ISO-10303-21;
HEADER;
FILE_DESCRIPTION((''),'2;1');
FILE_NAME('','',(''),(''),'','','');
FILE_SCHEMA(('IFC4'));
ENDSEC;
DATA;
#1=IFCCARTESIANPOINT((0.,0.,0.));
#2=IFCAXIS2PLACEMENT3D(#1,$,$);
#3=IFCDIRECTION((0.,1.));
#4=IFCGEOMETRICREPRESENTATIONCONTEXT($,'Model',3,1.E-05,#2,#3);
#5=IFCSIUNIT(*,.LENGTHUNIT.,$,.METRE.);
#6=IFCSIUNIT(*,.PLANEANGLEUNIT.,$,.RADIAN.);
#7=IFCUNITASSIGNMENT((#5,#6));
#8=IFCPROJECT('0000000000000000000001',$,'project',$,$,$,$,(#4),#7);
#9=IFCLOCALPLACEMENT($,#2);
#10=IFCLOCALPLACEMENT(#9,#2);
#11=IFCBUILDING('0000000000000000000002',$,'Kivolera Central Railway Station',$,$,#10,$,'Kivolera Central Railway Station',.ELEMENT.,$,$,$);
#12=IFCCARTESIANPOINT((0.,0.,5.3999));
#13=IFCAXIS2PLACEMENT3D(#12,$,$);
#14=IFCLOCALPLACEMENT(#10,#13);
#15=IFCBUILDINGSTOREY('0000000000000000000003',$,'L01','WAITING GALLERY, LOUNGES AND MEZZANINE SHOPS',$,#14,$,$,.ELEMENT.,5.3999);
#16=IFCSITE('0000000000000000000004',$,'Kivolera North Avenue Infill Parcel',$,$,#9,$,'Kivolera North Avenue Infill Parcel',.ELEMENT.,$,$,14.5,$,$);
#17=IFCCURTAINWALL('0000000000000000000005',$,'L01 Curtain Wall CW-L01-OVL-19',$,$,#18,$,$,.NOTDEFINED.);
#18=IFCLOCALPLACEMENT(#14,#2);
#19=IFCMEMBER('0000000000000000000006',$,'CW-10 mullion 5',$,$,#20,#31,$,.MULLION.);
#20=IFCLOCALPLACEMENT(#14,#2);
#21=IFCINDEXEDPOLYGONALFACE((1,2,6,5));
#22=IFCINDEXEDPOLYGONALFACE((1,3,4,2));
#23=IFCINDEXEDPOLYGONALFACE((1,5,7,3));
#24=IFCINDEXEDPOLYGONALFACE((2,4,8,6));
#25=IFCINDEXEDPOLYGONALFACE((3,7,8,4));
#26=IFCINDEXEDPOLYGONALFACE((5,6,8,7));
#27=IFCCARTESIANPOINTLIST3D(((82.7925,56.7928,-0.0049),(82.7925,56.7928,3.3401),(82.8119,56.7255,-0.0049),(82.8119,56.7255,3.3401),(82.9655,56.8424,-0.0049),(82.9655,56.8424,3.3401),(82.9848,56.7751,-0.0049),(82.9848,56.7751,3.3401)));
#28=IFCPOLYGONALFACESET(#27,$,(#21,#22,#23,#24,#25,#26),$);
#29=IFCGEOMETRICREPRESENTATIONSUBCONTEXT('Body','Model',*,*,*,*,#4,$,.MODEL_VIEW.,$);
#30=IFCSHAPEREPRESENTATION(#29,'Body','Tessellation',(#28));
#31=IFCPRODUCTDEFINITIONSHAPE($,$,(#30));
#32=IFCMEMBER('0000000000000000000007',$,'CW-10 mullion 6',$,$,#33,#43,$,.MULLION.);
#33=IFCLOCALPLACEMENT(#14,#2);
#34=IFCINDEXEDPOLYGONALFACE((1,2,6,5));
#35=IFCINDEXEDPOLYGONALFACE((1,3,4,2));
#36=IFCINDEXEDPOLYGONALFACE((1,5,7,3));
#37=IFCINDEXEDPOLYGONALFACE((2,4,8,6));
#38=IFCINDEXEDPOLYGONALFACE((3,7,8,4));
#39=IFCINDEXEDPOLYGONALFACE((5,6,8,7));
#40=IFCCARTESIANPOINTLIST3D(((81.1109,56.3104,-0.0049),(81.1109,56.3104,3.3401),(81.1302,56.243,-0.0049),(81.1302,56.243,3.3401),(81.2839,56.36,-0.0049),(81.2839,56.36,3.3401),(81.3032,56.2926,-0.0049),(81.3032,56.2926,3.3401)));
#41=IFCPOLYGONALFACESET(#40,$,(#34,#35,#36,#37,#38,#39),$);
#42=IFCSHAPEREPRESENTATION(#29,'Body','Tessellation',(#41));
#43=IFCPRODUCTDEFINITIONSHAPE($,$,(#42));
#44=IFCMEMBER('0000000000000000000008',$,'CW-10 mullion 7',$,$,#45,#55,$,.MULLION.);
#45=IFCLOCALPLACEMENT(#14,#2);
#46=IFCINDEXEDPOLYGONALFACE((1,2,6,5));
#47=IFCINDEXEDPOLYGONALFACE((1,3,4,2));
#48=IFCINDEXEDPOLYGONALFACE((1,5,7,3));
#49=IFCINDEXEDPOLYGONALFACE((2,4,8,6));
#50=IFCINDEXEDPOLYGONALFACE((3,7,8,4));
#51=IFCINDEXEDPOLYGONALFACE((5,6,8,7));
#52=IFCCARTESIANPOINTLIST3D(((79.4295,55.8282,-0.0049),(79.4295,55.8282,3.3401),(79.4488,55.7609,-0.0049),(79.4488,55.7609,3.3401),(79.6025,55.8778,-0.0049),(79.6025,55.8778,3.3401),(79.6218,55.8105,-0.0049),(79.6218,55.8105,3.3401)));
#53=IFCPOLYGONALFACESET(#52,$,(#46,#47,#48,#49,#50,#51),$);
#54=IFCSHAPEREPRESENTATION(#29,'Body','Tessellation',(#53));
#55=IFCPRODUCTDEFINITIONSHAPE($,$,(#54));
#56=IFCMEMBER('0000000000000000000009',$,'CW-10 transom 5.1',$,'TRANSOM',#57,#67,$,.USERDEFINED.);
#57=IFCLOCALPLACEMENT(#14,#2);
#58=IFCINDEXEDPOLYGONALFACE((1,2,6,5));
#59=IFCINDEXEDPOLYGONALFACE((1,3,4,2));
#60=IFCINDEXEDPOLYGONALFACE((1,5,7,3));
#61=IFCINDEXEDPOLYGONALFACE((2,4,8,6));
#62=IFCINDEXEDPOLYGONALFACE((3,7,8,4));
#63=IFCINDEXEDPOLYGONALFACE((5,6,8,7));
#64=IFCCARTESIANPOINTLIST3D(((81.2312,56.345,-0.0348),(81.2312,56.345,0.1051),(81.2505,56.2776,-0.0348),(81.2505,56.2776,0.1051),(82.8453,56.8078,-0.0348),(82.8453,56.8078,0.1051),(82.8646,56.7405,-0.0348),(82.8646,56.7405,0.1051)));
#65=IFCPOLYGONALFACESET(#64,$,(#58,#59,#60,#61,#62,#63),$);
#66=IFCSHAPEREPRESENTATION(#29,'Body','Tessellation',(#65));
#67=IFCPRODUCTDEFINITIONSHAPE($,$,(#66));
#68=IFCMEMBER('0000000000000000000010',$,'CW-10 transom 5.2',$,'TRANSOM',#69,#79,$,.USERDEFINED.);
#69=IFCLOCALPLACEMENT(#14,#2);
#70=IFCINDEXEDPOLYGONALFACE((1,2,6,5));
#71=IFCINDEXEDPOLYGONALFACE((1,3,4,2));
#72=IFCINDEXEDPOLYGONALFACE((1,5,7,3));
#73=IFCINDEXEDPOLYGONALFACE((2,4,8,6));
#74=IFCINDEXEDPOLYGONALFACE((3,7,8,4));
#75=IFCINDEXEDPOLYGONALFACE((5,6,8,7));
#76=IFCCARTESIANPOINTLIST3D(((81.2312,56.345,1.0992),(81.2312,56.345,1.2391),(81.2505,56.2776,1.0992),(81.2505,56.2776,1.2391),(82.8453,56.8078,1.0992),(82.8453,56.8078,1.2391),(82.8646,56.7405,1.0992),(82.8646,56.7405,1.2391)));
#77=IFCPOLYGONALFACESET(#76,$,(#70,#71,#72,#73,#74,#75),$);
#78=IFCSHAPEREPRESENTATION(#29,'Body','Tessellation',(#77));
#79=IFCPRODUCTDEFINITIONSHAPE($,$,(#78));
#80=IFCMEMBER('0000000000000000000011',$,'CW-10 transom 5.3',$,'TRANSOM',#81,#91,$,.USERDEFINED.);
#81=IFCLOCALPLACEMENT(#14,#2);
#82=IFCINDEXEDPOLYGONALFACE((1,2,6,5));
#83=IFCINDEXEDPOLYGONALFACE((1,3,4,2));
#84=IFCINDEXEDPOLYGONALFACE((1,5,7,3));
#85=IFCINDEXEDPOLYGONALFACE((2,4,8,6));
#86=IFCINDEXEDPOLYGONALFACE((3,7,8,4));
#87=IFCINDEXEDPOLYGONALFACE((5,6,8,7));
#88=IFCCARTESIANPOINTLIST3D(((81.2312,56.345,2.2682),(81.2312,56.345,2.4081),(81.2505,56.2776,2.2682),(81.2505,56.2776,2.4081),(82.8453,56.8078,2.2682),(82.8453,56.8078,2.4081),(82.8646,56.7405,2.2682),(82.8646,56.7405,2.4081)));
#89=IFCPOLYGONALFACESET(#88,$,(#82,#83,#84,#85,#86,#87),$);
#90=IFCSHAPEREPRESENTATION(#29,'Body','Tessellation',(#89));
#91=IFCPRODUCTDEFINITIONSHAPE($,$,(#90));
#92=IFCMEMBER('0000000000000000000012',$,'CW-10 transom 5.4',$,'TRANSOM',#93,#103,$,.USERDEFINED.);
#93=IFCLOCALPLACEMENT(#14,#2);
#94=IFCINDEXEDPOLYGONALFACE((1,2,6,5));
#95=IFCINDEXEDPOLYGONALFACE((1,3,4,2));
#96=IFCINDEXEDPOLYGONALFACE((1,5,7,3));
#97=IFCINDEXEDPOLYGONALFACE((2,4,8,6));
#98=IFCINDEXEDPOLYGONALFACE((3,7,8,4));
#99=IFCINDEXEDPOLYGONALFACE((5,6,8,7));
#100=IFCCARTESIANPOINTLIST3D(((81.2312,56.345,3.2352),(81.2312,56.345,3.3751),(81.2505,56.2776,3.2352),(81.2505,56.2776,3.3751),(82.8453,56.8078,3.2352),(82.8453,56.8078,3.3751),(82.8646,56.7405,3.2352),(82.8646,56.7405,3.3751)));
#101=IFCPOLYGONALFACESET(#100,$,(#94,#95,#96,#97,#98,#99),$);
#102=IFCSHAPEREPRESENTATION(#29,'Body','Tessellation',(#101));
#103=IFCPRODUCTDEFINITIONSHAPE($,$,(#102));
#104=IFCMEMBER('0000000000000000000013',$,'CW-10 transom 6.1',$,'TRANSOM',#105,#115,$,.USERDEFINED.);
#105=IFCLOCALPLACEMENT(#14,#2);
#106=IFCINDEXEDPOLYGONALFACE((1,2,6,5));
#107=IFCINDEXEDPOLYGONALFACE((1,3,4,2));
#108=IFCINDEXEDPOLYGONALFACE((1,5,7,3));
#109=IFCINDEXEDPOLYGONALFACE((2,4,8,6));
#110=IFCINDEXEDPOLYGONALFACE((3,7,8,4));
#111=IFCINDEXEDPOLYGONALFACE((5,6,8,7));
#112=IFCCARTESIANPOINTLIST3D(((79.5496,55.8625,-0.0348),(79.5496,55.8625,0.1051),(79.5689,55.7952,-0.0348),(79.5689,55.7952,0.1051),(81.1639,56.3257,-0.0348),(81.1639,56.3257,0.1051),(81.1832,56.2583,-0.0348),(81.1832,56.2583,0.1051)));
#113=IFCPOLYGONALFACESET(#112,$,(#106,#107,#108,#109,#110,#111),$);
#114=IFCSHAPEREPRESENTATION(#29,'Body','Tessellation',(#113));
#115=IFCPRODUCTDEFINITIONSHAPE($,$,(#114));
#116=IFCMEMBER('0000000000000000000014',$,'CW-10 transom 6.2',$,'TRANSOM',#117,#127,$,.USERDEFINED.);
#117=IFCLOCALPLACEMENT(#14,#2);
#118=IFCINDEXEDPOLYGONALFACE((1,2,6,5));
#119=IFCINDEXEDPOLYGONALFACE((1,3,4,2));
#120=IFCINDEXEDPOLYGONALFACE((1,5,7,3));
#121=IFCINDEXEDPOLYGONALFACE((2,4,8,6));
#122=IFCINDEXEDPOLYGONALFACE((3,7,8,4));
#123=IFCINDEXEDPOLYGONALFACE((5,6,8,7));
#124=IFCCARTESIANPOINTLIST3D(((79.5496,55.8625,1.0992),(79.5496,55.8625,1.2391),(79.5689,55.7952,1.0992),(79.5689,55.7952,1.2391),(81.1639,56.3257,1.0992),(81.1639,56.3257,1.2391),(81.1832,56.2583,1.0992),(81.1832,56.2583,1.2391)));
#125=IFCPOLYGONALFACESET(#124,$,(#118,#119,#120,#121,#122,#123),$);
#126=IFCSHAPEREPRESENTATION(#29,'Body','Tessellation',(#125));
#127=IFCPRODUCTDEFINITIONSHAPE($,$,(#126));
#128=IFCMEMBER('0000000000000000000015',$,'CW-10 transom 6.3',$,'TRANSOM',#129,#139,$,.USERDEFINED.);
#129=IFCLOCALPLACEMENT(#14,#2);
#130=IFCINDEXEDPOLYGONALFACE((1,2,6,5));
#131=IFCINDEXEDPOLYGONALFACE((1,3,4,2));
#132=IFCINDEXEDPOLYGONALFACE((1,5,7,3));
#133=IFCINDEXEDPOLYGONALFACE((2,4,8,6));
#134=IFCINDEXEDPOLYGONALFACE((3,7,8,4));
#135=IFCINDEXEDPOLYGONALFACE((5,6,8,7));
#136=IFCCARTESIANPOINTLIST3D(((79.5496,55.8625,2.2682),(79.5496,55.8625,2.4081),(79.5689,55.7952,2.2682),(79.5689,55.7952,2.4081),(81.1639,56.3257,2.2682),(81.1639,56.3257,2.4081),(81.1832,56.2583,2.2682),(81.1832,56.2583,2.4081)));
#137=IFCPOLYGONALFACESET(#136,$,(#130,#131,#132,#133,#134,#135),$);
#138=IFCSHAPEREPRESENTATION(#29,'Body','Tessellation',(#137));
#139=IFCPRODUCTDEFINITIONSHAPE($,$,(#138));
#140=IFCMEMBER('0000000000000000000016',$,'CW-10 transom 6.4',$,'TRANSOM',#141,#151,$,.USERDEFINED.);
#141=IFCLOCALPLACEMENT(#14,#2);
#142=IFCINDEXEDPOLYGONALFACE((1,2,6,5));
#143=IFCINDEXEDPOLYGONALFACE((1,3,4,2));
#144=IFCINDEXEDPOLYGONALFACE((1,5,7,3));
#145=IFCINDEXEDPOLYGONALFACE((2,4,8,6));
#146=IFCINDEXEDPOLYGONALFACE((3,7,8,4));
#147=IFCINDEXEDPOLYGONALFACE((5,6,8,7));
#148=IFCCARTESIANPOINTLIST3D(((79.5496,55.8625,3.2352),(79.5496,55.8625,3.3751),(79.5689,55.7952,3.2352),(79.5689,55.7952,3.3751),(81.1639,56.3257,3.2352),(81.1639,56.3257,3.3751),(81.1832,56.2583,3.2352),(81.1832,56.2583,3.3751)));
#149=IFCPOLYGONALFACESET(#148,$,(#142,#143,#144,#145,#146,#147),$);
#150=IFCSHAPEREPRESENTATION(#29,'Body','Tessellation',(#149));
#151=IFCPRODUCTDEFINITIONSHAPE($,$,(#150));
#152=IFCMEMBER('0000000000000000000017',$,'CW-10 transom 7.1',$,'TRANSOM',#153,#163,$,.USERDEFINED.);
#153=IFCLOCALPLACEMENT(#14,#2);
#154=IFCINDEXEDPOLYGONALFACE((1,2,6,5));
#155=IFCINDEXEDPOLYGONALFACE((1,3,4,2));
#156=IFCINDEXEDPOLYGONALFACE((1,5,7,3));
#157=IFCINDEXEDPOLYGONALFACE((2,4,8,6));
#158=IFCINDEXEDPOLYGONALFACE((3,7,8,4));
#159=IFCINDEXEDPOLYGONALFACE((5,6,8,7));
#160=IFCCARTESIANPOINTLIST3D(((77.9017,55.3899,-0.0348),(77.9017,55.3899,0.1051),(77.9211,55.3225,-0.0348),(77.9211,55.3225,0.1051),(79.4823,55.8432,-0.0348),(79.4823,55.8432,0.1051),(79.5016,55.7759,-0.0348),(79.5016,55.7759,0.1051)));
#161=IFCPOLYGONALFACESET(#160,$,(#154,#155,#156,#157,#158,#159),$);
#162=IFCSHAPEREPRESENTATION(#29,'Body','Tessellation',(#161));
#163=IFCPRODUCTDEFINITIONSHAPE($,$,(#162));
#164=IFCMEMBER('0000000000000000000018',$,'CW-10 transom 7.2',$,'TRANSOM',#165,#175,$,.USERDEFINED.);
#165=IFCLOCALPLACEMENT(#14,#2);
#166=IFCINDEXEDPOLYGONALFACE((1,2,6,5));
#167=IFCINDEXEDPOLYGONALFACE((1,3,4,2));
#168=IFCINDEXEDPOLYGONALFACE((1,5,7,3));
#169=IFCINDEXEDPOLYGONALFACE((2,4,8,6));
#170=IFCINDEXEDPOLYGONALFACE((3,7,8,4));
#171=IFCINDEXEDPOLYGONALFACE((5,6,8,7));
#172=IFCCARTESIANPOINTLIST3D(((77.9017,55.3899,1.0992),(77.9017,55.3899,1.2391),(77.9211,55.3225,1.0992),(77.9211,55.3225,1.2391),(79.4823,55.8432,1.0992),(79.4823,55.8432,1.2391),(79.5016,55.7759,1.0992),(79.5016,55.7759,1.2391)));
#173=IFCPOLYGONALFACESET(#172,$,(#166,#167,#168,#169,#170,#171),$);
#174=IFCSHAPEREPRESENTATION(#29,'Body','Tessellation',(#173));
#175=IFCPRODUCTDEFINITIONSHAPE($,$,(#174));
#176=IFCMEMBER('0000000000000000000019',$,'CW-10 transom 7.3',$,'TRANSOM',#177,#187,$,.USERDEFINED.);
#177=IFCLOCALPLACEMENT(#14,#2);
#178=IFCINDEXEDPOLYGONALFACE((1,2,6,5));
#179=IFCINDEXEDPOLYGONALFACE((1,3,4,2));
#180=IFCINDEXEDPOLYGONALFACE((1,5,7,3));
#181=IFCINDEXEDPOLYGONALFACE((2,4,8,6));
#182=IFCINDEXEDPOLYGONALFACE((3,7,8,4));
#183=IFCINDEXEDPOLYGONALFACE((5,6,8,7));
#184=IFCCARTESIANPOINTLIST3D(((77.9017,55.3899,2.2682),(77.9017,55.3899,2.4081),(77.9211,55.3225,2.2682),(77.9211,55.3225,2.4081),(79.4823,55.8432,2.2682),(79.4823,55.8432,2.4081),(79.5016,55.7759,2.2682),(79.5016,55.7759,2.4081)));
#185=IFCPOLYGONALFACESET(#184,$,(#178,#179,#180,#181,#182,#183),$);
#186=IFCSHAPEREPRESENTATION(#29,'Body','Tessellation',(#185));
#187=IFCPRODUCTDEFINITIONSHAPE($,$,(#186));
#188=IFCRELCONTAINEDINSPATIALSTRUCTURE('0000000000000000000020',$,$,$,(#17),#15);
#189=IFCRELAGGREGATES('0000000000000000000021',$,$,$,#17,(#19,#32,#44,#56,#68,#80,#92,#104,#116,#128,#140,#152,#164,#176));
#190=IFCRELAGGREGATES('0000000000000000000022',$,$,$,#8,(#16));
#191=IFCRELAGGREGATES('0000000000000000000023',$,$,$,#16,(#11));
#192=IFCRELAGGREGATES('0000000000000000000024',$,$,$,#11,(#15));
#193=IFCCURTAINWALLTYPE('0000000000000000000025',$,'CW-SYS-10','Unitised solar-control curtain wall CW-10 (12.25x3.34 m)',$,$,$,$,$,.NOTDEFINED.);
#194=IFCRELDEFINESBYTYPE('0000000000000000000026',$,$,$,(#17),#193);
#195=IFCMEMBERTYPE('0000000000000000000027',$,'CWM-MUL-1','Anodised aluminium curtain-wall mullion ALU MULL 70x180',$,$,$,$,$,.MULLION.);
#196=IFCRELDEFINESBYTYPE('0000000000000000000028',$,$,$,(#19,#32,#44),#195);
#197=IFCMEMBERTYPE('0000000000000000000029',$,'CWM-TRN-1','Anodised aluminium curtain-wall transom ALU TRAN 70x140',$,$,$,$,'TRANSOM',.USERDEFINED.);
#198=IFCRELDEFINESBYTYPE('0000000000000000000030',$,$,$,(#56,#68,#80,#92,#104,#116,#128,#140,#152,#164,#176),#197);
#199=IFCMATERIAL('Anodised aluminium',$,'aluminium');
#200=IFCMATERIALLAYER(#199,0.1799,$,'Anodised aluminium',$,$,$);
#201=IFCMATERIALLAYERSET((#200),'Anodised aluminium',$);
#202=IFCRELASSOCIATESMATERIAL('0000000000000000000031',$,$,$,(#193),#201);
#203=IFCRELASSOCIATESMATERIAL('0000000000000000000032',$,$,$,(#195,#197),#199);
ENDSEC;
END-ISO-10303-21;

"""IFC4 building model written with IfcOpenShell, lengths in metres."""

from ifc_helpers import new_model, si_unit, direction, frame, origin, origin_2d, place, context, subcontext, project, spatial, rectangle, extrude, material, layer, layer_set, material_profile, profile_set, type_object, element, aggregate, save


model = new_model("IFC4")

# Units and contexts
model_context = context("Model", 3, precision=1e-05, world=origin(), true_north=direction((0.0, 1.0)))
body_context = subcontext(model_context, "Body", "Model", "MODEL_VIEW")
ifc_project = project(units=[si_unit("LENGTHUNIT", "METRE"), si_unit("PLANEANGLEUNIT", "RADIAN")], contexts=[model_context])

# Site, building, storey
site_placement = place(None, origin())
site = spatial("IfcSite", under=ifc_project, at=site_placement, Name="Kivolera North Avenue Infill Parcel", LongName="Kivolera North Avenue Infill Parcel", CompositionType="ELEMENT", RefElevation=14.5)
building_placement = place(site_placement, origin())
building = spatial("IfcBuilding", under=site, at=building_placement, Name="Kivolera Central Railway Station", LongName="Kivolera Central Railway Station", CompositionType="ELEMENT")
storey_placement = place(building_placement, frame((0.0, 0.0, 5.3999)))
storey = spatial("IfcBuildingStorey", under=building, at=storey_placement, Name="L01", Description="WAITING GALLERY, LOUNGES AND MEZZANINE SHOPS", CompositionType="ELEMENT", Elevation=5.3999)

# Curtain wall, members
ifc_material_1 = material(Name="Anodised aluminium", Category="aluminium")
ifc_layer_1 = layer(ifc_material_1, 0.1799, Name="Anodised aluminium")
ifc_layer_set_1 = layer_set([ifc_layer_1], Name="Anodised aluminium")
curtain_wall_type = type_object("IfcCurtainWallType", Name="CW-SYS-10", Description="Unitised solar-control curtain wall CW-10 (12.25x3.34 m)", PredefinedType="NOTDEFINED", material=ifc_layer_set_1)
curtain_wall_placement = place(storey_placement, origin())
curtain_wall = element("IfcCurtainWall", 1, at=curtain_wall_placement, inside=storey, type_object=curtain_wall_type, Name="L01 Curtain Wall CW-L01-OVL-19", PredefinedType="NOTDEFINED")
ifc_material_profile_1 = material_profile(ifc_material_1, rectangle(XDim=0.0701, YDim=0.1799, at=origin_2d()), Name="ALU MULL 70x180")
ifc_profile_set_1 = profile_set([ifc_material_profile_1], Name="Anodised aluminium")
member_type_1 = type_object("IfcMemberType", Name="CWM-MUL-1", Description="Anodised aluminium curtain-wall mullion ALU MULL 70x180", PredefinedType="MULLION", material=ifc_profile_set_1)
member_1_placement = place(storey_placement, frame((82.8887, 56.7839, -0.0049), z_axis=(0.0, 0.0, 1.0), x_axis=(0.275692, -0.961246, 0.0)))
member_1 = element("IfcMember", 2, at=member_1_placement, type_object=member_type_1, Name="CW-10 mullion 5", PredefinedType="MULLION", context=body_context, shape_type="SweptSolid", body=[
    extrude(rectangle(XDim=0.0701, YDim=0.1799, at=origin_2d()), origin(), (0.0, 0.0, 1.0), 3.345),
])
member_2_placement = place(storey_placement, frame((81.207, 56.3015, -0.0049), z_axis=(0.0, 0.0, 1.0), x_axis=(0.275692, -0.961246, 0.0)))
member_2 = element("IfcMember", 3, at=member_2_placement, type_object=member_type_1, Name="CW-10 mullion 6", PredefinedType="MULLION", context=body_context, shape_type="SweptSolid", body=[
    extrude(rectangle(XDim=0.0701, YDim=0.1799, at=origin_2d()), origin(), (0.0, 0.0, 1.0), 3.345),
])
member_3_placement = place(storey_placement, frame((79.5256, 55.8193, -0.0049), z_axis=(0.0, 0.0, 1.0), x_axis=(0.275692, -0.961246, 0.0)))
member_3 = element("IfcMember", 4, at=member_3_placement, type_object=member_type_1, Name="CW-10 mullion 7", PredefinedType="MULLION", context=body_context, shape_type="SweptSolid", body=[
    extrude(rectangle(XDim=0.0701, YDim=0.1799, at=origin_2d()), origin(), (0.0, 0.0, 1.0), 3.345),
])
ifc_material_profile_2 = material_profile(ifc_material_1, rectangle(XDim=0.0701, YDim=0.1399, at=origin_2d()), Name="ALU TRAN 70x140")
ifc_profile_set_2 = profile_set([ifc_material_profile_2], Name="Anodised aluminium")
member_type_2 = type_object("IfcMemberType", Name="CWM-TRN-1", Description="Anodised aluminium curtain-wall transom ALU TRAN 70x140", ElementType="TRANSOM", PredefinedType="USERDEFINED", material=ifc_profile_set_2)
member_4_placement = place(storey_placement, frame((82.855, 56.7742, 0.0352), z_axis=(-0.96126, -0.275643, 0.0), x_axis=(0.275643, -0.96126, 0.0)))
member_4 = element("IfcMember", 5, at=member_4_placement, type_object=member_type_2, Name="CW-10 transom 5.1", ObjectType="TRANSOM", PredefinedType="USERDEFINED", context=body_context, shape_type="SweptSolid", body=[
    extrude(rectangle(XDim=0.0701, YDim=0.1399, at=origin_2d()), origin(), (0.0, 0.0, 1.0), 1.6792),
])
member_5_placement = place(storey_placement, frame((82.855, 56.7742, 1.1692), z_axis=(-0.96126, -0.275643, 0.0), x_axis=(0.275643, -0.96126, 0.0)))
member_5 = element("IfcMember", 6, at=member_5_placement, type_object=member_type_2, Name="CW-10 transom 5.2", ObjectType="TRANSOM", PredefinedType="USERDEFINED", context=body_context, shape_type="SweptSolid", body=[
    extrude(rectangle(XDim=0.0701, YDim=0.1399, at=origin_2d()), origin(), (0.0, 0.0, 1.0), 1.6792),
])
member_6_placement = place(storey_placement, frame((82.855, 56.7742, 2.3381), z_axis=(-0.96126, -0.275643, 0.0), x_axis=(0.275643, -0.96126, 0.0)))
member_6 = element("IfcMember", 7, at=member_6_placement, type_object=member_type_2, Name="CW-10 transom 5.3", ObjectType="TRANSOM", PredefinedType="USERDEFINED", context=body_context, shape_type="SweptSolid", body=[
    extrude(rectangle(XDim=0.0701, YDim=0.1399, at=origin_2d()), origin(), (0.0, 0.0, 1.0), 1.6792),
])
member_7_placement = place(storey_placement, frame((82.855, 56.7742, 3.3052), z_axis=(-0.96126, -0.275643, 0.0), x_axis=(0.275643, -0.96126, 0.0)))
member_7 = element("IfcMember", 8, at=member_7_placement, type_object=member_type_2, Name="CW-10 transom 5.4", ObjectType="TRANSOM", PredefinedType="USERDEFINED", context=body_context, shape_type="SweptSolid", body=[
    extrude(rectangle(XDim=0.0701, YDim=0.1399, at=origin_2d()), origin(), (0.0, 0.0, 1.0), 1.6792),
])
member_8_placement = place(storey_placement, frame((81.1736, 56.292, 0.0352), z_axis=(-0.961222, -0.275777, 0.0), x_axis=(0.275777, -0.961222, 0.0)))
member_8 = element("IfcMember", 9, at=member_8_placement, type_object=member_type_2, Name="CW-10 transom 6.1", ObjectType="TRANSOM", PredefinedType="USERDEFINED", context=body_context, shape_type="SweptSolid", body=[
    extrude(rectangle(XDim=0.0701, YDim=0.1399, at=origin_2d()), origin(), (0.0, 0.0, 1.0), 1.6794),
])
member_9_placement = place(storey_placement, frame((81.1736, 56.292, 1.1692), z_axis=(-0.961222, -0.275777, 0.0), x_axis=(0.275777, -0.961222, 0.0)))
member_9 = element("IfcMember", 10, at=member_9_placement, type_object=member_type_2, Name="CW-10 transom 6.2", ObjectType="TRANSOM", PredefinedType="USERDEFINED", context=body_context, shape_type="SweptSolid", body=[
    extrude(rectangle(XDim=0.0701, YDim=0.1399, at=origin_2d()), origin(), (0.0, 0.0, 1.0), 1.6794),
])
member_10_placement = place(storey_placement, frame((81.1736, 56.292, 2.3381), z_axis=(-0.961222, -0.275777, 0.0), x_axis=(0.275777, -0.961222, 0.0)))
member_10 = element("IfcMember", 11, at=member_10_placement, type_object=member_type_2, Name="CW-10 transom 6.3", ObjectType="TRANSOM", PredefinedType="USERDEFINED", context=body_context, shape_type="SweptSolid", body=[
    extrude(rectangle(XDim=0.0701, YDim=0.1399, at=origin_2d()), origin(), (0.0, 0.0, 1.0), 1.6794),
])
member_11_placement = place(storey_placement, frame((81.1736, 56.292, 3.3052), z_axis=(-0.961222, -0.275777, 0.0), x_axis=(0.275777, -0.961222, 0.0)))
member_11 = element("IfcMember", 12, at=member_11_placement, type_object=member_type_2, Name="CW-10 transom 6.4", ObjectType="TRANSOM", PredefinedType="USERDEFINED", context=body_context, shape_type="SweptSolid", body=[
    extrude(rectangle(XDim=0.0701, YDim=0.1399, at=origin_2d()), origin(), (0.0, 0.0, 1.0), 1.6794),
])
member_12_placement = place(storey_placement, frame((79.4919, 55.8096, 0.0352), z_axis=(-0.961238, -0.275721, 0.0), x_axis=(0.275721, -0.961238, 0.0)))
member_12 = element("IfcMember", 13, at=member_12_placement, type_object=member_type_2, Name="CW-10 transom 7.1", ObjectType="TRANSOM", PredefinedType="USERDEFINED", context=body_context, shape_type="SweptSolid", body=[
    extrude(rectangle(XDim=0.0701, YDim=0.1399, at=origin_2d()), origin(), (0.0, 0.0, 1.0), 1.6443),
])
member_13_placement = place(storey_placement, frame((79.4919, 55.8096, 1.1692), z_axis=(-0.961238, -0.275721, 0.0), x_axis=(0.275721, -0.961238, 0.0)))
member_13 = element("IfcMember", 14, at=member_13_placement, type_object=member_type_2, Name="CW-10 transom 7.2", ObjectType="TRANSOM", PredefinedType="USERDEFINED", context=body_context, shape_type="SweptSolid", body=[
    extrude(rectangle(XDim=0.0701, YDim=0.1399, at=origin_2d()), origin(), (0.0, 0.0, 1.0), 1.6443),
])
member_14_placement = place(storey_placement, frame((79.4919, 55.8096, 2.3381), z_axis=(-0.961238, -0.275721, 0.0), x_axis=(0.275721, -0.961238, 0.0)))
member_14 = element("IfcMember", 15, at=member_14_placement, type_object=member_type_2, Name="CW-10 transom 7.3", ObjectType="TRANSOM", PredefinedType="USERDEFINED", context=body_context, shape_type="SweptSolid", body=[
    extrude(rectangle(XDim=0.0701, YDim=0.1399, at=origin_2d()), origin(), (0.0, 0.0, 1.0), 1.6443),
])
aggregate(curtain_wall, [member_1, member_2, member_3, member_4, member_5, member_6, member_7, member_8, member_9, member_10, member_11, member_12, member_13, member_14])

save(model, "model.ifc")
